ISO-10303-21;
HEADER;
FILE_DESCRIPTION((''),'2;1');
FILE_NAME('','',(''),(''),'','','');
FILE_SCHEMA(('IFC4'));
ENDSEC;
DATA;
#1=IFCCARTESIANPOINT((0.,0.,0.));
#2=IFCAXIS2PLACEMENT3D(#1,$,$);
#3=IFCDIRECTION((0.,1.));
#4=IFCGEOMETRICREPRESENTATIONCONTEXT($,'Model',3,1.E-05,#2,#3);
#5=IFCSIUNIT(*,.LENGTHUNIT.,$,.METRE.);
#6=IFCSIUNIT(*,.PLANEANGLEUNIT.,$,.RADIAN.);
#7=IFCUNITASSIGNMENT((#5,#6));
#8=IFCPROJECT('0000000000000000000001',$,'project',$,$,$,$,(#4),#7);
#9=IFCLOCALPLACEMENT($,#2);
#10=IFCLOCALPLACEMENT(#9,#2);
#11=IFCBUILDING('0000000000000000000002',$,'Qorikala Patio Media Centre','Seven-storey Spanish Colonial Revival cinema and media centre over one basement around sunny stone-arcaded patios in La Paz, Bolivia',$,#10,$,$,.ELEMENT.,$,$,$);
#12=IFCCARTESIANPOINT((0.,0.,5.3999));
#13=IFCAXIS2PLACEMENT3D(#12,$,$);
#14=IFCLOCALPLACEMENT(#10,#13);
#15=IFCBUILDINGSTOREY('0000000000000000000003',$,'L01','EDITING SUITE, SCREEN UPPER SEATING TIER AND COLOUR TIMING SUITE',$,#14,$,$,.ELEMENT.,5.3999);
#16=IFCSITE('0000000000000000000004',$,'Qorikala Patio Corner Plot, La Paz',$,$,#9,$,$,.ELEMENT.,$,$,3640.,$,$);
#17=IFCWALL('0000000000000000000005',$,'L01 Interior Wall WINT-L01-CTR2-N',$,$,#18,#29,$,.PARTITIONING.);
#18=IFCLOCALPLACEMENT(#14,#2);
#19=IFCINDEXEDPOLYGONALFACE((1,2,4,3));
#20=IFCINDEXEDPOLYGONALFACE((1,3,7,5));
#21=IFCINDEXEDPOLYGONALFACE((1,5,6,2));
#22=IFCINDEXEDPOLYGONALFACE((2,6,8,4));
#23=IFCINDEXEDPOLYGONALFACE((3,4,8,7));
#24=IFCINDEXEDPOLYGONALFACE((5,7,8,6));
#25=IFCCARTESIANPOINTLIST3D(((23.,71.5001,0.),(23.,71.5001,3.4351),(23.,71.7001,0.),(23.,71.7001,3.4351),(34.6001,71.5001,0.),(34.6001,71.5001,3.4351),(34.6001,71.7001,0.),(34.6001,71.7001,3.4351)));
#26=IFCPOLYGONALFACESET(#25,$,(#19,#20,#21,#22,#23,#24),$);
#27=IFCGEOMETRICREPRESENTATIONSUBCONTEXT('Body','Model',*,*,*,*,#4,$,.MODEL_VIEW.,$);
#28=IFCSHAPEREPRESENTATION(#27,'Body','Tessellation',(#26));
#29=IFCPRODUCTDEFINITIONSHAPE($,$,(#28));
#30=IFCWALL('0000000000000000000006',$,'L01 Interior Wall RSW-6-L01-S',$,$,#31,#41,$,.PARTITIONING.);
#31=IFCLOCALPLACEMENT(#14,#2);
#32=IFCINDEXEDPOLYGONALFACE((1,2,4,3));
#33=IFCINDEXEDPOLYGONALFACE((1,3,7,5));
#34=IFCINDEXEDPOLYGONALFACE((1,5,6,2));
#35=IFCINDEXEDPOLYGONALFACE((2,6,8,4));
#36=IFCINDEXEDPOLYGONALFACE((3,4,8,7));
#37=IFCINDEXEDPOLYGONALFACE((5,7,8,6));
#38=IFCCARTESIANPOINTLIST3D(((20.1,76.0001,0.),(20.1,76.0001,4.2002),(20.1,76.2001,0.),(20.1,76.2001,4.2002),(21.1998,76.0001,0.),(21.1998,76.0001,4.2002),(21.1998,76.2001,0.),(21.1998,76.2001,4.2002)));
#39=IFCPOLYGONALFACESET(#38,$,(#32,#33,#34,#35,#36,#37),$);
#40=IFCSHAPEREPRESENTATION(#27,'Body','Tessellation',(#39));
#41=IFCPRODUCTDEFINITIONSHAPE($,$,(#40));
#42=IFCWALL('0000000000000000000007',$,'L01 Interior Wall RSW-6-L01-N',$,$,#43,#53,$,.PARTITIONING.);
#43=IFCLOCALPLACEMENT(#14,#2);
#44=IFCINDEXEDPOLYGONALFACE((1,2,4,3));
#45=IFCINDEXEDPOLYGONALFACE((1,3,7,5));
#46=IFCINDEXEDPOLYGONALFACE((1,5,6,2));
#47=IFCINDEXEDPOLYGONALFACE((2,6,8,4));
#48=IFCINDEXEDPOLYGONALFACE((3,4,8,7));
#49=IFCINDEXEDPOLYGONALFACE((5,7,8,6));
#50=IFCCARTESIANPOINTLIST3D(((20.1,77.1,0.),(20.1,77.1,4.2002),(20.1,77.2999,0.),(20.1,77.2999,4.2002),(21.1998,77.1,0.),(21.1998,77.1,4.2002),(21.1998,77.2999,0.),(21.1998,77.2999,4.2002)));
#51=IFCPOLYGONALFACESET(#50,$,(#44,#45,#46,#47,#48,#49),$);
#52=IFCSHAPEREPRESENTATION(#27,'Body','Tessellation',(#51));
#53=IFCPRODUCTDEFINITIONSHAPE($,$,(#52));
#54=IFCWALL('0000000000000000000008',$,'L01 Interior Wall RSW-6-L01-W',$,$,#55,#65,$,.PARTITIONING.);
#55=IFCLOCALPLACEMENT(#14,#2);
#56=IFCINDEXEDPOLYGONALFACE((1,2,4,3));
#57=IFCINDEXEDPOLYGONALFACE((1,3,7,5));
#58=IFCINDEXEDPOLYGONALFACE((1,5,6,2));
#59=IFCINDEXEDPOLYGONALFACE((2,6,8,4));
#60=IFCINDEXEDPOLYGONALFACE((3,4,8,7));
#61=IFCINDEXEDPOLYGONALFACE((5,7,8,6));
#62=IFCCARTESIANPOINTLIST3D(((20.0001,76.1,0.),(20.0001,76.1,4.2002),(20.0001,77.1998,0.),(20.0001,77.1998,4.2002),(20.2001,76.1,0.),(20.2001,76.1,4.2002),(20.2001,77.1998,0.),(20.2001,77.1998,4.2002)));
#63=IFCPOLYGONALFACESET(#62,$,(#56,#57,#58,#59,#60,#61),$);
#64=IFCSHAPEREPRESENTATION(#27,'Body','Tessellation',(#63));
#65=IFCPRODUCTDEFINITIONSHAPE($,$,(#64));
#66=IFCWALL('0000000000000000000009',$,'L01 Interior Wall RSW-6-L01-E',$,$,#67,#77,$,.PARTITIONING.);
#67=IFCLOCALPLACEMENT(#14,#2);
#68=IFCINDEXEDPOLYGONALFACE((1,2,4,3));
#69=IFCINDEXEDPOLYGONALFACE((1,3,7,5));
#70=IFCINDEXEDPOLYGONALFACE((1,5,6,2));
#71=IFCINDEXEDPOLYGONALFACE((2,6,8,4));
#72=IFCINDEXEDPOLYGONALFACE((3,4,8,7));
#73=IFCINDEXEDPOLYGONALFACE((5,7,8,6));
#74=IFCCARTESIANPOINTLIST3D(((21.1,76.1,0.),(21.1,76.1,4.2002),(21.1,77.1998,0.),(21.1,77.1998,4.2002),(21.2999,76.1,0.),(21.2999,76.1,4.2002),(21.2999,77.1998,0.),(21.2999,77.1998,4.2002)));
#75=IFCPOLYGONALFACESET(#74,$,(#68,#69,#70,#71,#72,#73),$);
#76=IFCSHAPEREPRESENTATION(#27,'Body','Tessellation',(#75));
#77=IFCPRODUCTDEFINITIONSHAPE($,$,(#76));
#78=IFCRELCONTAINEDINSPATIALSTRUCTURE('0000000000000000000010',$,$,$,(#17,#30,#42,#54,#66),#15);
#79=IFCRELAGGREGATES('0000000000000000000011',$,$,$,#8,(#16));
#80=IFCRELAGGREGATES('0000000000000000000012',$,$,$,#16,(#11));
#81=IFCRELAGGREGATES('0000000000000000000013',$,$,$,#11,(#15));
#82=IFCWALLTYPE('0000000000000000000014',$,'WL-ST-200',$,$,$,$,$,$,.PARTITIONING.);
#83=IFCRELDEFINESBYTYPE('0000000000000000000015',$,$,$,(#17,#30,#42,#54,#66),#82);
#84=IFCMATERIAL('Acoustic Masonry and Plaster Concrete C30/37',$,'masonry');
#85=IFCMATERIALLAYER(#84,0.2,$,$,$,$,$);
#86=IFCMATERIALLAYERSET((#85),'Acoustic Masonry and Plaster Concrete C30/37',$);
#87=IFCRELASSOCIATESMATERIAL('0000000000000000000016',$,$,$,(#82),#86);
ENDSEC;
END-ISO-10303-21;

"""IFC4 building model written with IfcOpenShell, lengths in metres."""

from ifc_helpers import new_model, si_unit, direction, frame, frame_2d, origin, place, context, subcontext, project, spatial, rectangle, extrude, material, layer, layer_set, type_object, element, save


model = new_model("IFC4")

# Units and contexts
model_context = context("Model", 3, precision=1e-05, world=origin(), true_north=direction((0.0, 1.0)))
body_context = subcontext(model_context, "Body", "Model", "MODEL_VIEW")
ifc_project = project(units=[si_unit("LENGTHUNIT", "METRE"), si_unit("PLANEANGLEUNIT", "RADIAN")], contexts=[model_context])

# Site, building, storey
site_placement = place(None, origin())
site = spatial("IfcSite", under=ifc_project, at=site_placement, Name="Qorikala Patio Corner Plot, La Paz", CompositionType="ELEMENT", RefElevation=3640.0)
building_placement = place(site_placement, origin())
building = spatial("IfcBuilding", under=site, at=building_placement, Name="Qorikala Patio Media Centre", Description="Seven-storey Spanish Colonial Revival cinema and media centre over one basement around sunny stone-arcaded patios in La Paz, Bolivia", CompositionType="ELEMENT")
storey_placement = place(building_placement, frame((0.0, 0.0, 5.3999)))
storey = spatial("IfcBuildingStorey", under=building, at=storey_placement, Name="L01", Description="EDITING SUITE, SCREEN UPPER SEATING TIER AND COLOUR TIMING SUITE", CompositionType="ELEMENT", Elevation=5.3999)

# Walls
ifc_material_1 = material(Name="Acoustic Masonry and Plaster Concrete C30/37", Category="masonry")
ifc_layer_1 = layer(ifc_material_1, 0.2)
ifc_layer_set_1 = layer_set([ifc_layer_1], Name="Acoustic Masonry and Plaster Concrete C30/37")
wall_type_1 = type_object("IfcWallType", Name="WL-ST-200", PredefinedType="PARTITIONING", material=ifc_layer_set_1)
wall_1_placement = place(storey_placement, frame((23.0, 71.6001, 0.0), z_axis=(0.0, 0.0, 1.0), x_axis=(1.0, 0.0, 0.0)))
element("IfcWall", 1, at=wall_1_placement, inside=storey, type_object=wall_type_1, Name="L01 Interior Wall WINT-L01-CTR2-N", PredefinedType="PARTITIONING", context=body_context, shape_type="SweptSolid", body=[
    extrude(rectangle(XDim=11.6001, YDim=0.2, at=frame_2d((5.8, 0.0))), origin(), (0.0, 0.0, 1.0), 3.4351),
])
for number, where, z_axis, x_axis, name in (
    (2, (20.1001, 76.1001, 0.0), (0.0, 0.0, 1.0), (1.0, 0.0, 0.0), "L01 Interior Wall RSW-6-L01-S"),
    (3, (20.1001, 77.2, 0.0), (0.0, 0.0, 1.0), (1.0, 0.0, 0.0), "L01 Interior Wall RSW-6-L01-N"),
    (4, (20.1001, 76.1001, 0.0), (0.0, 0.0, 1.0), (0.0, 1.0, 0.0), "L01 Interior Wall RSW-6-L01-W"),
    (5, (21.2, 76.1001, 0.0), (0.0, 0.0, 1.0), (0.0, 1.0, 0.0), "L01 Interior Wall RSW-6-L01-E"),
):
    element("IfcWall", number, at=place(storey_placement, frame(where, z_axis=z_axis, x_axis=x_axis)), inside=storey, type_object=wall_type_1, Name=name, PredefinedType="PARTITIONING", context=body_context, shape_type="SweptSolid", body=[
        extrude(rectangle(XDim=1.0999, YDim=0.2, at=frame_2d((0.5498, 0.0))), origin(), (0.0, 0.0, 1.0), 4.2002),
    ])

save(model, "model.ifc")
